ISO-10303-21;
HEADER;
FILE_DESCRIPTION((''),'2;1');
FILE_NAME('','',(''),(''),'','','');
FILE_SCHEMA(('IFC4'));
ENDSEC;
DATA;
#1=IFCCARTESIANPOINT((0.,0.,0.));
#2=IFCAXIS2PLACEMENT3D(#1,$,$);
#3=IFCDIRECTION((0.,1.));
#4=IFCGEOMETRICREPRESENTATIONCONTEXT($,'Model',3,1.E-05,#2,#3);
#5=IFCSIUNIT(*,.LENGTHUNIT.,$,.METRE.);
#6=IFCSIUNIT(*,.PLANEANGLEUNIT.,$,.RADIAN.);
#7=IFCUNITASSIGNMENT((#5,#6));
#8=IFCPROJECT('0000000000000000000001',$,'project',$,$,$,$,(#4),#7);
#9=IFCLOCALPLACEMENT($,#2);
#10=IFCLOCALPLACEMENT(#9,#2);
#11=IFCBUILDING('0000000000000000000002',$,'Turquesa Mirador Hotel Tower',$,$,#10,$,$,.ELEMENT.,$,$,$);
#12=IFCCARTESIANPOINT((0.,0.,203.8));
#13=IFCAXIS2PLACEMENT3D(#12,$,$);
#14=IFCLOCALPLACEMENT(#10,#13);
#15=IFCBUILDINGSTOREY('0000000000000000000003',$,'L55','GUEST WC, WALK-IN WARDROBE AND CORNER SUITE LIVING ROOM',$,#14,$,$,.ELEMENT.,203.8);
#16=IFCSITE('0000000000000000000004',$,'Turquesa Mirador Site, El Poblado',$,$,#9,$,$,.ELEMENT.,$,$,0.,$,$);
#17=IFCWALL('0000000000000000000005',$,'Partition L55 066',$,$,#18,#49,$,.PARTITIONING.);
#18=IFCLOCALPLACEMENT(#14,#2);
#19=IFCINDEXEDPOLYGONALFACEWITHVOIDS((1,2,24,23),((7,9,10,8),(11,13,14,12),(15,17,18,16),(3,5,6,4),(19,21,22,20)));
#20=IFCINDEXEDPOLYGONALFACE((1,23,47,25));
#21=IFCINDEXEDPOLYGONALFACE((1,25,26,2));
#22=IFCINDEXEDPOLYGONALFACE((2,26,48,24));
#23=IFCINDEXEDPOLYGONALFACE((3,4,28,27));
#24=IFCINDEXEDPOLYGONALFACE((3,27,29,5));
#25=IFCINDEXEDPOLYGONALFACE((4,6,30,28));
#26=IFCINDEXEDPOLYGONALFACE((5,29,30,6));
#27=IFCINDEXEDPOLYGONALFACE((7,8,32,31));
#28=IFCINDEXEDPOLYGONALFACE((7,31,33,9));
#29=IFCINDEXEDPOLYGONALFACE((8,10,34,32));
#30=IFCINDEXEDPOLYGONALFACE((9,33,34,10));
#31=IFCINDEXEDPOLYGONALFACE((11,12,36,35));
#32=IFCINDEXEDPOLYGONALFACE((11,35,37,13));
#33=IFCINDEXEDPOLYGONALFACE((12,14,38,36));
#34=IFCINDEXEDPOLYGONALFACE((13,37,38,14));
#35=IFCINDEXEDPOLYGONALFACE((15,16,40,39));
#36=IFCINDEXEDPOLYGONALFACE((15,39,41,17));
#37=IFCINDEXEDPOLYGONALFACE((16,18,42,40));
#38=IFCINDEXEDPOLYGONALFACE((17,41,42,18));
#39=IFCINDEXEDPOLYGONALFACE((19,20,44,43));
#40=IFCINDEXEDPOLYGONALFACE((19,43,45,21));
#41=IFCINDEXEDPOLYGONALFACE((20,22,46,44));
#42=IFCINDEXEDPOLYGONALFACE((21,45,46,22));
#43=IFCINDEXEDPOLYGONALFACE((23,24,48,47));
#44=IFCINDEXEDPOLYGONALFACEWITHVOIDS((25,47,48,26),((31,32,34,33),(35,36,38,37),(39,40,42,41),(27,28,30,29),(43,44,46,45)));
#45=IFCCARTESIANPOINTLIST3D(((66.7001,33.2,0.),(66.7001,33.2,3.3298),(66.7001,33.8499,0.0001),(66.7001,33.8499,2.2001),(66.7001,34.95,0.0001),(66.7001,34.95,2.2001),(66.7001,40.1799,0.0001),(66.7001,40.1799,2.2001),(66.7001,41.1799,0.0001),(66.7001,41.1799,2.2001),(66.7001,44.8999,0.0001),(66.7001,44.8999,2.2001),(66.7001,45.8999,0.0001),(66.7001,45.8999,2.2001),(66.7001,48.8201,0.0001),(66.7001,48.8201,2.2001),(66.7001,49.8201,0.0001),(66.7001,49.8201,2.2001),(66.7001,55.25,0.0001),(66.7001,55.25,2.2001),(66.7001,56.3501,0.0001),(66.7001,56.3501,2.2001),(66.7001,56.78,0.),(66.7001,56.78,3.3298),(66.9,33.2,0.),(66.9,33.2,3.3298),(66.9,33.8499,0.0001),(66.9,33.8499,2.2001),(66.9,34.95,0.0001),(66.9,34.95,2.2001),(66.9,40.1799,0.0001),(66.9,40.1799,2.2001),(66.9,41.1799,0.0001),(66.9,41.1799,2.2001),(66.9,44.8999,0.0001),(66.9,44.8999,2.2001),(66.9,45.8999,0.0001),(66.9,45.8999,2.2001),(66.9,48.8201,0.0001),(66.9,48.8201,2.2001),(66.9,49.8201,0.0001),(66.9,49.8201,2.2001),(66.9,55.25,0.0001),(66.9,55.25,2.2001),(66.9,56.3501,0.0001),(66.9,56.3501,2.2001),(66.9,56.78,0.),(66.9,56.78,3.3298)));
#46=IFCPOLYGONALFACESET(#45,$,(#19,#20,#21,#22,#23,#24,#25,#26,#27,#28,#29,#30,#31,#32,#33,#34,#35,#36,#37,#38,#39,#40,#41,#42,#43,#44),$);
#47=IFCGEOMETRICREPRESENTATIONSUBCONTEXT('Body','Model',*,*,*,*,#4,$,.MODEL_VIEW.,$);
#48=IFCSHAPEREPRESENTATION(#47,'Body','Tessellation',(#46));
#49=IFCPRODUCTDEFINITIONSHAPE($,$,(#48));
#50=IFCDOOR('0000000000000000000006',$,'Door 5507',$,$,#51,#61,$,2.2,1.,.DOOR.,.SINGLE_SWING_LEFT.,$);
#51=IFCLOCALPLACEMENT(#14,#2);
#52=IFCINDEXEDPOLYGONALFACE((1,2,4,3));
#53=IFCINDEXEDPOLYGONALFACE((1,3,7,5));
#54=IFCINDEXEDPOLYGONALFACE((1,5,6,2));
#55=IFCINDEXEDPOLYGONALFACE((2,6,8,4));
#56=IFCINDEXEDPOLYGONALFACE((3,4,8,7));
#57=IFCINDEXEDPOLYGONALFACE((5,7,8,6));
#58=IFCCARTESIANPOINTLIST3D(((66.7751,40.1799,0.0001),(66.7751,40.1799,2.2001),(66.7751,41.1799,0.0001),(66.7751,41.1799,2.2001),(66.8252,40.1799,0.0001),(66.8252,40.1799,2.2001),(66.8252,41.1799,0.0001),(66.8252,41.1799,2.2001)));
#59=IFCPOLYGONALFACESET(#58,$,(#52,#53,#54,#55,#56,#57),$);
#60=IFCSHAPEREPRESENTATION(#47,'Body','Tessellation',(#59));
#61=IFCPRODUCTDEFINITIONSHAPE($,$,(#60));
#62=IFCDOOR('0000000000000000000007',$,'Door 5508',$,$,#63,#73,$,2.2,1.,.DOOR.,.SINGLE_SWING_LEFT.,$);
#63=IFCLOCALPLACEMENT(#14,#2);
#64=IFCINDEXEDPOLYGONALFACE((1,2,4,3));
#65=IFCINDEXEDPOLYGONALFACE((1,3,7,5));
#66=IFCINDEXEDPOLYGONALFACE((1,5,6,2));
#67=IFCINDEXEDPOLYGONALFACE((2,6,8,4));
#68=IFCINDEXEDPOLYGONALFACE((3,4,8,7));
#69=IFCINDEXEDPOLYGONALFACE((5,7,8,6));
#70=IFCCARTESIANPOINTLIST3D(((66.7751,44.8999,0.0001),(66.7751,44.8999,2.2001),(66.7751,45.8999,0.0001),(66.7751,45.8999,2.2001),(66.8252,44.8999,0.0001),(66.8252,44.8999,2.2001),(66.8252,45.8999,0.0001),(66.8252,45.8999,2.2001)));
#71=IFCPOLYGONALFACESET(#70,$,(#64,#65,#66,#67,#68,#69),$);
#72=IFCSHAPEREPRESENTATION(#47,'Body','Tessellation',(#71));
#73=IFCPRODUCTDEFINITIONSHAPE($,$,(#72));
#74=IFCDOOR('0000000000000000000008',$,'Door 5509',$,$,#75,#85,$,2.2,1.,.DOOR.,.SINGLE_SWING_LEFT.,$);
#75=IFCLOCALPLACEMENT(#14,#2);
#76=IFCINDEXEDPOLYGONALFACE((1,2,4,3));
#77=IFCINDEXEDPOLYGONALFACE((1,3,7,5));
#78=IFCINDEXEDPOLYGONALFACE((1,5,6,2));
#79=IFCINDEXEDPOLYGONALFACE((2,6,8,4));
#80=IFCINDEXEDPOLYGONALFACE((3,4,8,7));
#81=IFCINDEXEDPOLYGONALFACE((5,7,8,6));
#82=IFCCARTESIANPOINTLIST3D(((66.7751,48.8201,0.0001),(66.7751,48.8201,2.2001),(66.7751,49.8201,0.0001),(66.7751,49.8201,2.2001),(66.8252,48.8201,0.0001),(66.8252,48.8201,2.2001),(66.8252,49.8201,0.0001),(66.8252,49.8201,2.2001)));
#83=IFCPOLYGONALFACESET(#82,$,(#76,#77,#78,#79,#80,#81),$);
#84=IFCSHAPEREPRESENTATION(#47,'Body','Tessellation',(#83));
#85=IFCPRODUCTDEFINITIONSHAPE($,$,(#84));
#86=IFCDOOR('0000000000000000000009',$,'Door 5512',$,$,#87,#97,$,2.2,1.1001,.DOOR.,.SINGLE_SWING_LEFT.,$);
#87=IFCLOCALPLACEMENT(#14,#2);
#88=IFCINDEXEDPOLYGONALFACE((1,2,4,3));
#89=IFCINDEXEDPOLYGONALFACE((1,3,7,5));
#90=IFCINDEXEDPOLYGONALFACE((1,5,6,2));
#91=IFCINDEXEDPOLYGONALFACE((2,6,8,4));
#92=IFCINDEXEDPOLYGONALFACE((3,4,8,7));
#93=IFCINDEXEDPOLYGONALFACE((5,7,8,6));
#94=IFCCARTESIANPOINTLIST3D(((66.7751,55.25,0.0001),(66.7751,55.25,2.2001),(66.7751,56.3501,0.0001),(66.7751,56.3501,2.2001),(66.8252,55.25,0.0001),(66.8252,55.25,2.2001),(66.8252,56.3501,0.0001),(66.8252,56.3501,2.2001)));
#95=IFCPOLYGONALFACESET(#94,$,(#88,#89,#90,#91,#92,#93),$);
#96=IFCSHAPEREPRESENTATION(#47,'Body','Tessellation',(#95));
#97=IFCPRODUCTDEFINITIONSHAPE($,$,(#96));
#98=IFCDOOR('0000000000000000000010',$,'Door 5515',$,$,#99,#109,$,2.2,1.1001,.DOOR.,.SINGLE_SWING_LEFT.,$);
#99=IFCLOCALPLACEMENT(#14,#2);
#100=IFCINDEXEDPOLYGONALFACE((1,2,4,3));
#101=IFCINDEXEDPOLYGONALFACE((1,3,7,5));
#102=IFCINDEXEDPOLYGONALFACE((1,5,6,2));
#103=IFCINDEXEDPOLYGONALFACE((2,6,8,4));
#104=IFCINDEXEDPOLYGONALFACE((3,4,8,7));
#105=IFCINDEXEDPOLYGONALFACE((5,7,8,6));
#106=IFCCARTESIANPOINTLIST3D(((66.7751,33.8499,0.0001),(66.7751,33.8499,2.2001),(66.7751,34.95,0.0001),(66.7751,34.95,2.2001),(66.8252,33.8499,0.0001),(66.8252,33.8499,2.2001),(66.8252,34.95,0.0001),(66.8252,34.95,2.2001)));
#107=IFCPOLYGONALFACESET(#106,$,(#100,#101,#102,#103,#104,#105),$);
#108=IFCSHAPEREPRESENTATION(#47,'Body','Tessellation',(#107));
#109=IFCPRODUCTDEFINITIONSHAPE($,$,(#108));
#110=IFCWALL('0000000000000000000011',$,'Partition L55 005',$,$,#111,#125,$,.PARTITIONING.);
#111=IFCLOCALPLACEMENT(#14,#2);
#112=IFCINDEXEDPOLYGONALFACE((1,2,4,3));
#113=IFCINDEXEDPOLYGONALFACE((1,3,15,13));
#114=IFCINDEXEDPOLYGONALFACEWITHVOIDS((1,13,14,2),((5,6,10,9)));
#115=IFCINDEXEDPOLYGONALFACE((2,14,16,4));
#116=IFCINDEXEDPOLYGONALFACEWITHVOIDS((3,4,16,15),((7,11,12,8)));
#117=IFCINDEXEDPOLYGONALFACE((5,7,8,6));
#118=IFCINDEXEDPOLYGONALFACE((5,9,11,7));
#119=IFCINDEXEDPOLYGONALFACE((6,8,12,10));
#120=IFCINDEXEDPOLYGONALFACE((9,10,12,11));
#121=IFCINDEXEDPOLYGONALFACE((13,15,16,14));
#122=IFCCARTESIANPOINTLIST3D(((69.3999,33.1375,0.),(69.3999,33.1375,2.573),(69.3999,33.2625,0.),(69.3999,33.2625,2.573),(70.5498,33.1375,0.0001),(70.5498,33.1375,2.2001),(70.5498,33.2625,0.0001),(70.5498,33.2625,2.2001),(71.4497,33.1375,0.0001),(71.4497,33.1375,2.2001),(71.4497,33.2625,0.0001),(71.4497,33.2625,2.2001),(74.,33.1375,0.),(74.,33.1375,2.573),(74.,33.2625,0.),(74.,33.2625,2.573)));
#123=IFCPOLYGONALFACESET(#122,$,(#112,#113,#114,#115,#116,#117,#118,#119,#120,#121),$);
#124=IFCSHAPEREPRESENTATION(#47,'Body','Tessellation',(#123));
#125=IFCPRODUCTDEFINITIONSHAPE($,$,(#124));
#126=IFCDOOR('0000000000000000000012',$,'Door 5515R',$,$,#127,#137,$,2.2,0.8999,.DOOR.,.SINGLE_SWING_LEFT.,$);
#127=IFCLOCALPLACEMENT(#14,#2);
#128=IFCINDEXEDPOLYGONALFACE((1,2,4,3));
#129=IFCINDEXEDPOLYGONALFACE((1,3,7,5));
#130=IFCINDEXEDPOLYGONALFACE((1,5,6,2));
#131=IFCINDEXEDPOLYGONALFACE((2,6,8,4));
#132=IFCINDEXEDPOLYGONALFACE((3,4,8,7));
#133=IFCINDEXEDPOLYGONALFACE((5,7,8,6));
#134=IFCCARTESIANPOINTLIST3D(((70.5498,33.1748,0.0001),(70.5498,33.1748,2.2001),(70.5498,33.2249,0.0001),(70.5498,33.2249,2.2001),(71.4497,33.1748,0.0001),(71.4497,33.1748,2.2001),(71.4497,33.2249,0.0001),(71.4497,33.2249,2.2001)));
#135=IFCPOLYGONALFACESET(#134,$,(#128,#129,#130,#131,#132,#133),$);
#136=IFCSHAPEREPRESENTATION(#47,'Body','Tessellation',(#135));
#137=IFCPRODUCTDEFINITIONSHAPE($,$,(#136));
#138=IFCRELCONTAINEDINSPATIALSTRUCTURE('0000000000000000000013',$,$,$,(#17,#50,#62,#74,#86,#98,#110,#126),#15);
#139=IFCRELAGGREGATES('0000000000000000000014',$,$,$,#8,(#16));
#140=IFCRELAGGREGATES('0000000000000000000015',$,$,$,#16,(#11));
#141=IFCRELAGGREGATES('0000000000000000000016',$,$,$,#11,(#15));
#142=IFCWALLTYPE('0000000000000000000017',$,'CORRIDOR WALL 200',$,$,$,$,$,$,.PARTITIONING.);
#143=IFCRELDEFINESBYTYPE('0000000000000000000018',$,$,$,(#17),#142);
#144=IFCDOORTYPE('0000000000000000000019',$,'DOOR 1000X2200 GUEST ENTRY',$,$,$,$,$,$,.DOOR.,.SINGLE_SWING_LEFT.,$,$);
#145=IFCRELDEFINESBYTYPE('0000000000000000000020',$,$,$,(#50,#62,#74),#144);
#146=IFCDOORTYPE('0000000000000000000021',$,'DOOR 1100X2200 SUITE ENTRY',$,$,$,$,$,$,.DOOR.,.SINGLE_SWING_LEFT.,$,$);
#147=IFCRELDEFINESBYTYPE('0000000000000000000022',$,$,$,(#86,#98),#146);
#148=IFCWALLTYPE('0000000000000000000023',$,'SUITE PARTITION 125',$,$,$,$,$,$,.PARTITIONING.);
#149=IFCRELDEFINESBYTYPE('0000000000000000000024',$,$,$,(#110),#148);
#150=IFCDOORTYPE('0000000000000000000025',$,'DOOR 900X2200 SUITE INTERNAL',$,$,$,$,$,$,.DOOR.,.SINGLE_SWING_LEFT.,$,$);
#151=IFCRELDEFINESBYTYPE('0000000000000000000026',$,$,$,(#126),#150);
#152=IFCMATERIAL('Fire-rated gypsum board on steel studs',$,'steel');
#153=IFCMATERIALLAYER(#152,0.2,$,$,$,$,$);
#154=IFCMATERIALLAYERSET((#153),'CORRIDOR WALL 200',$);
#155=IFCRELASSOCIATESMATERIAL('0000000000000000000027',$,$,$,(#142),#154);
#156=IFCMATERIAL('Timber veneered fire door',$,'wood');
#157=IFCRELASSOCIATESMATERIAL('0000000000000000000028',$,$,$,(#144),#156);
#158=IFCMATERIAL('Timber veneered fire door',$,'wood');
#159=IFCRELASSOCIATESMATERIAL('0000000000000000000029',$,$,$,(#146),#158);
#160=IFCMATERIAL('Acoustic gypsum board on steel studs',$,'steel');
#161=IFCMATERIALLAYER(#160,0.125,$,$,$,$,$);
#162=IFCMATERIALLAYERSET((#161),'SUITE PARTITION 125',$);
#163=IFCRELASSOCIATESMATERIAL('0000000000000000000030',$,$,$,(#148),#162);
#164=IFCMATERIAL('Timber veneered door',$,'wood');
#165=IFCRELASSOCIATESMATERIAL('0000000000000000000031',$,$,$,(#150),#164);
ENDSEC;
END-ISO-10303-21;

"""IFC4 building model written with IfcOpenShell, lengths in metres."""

from ifc_helpers import new_model, si_unit, direction, frame, frame_2d, origin, place, context, subcontext, project, spatial, rectangle, extrude, material, layer, layer_set, type_object, element, fill, save


model = new_model("IFC4")

# Units and contexts
model_context = context("Model", 3, precision=1e-05, world=origin(), true_north=direction((0.0, 1.0)))
body_context = subcontext(model_context, "Body", "Model", "MODEL_VIEW")
ifc_project = project(units=[si_unit("LENGTHUNIT", "METRE"), si_unit("PLANEANGLEUNIT", "RADIAN")], contexts=[model_context])

# Site, building, storey
site_placement = place(None, origin())
site = spatial("IfcSite", under=ifc_project, at=site_placement, Name="Turquesa Mirador Site, El Poblado", CompositionType="ELEMENT", RefElevation=0.0)
building_placement = place(site_placement, origin())
building = spatial("IfcBuilding", under=site, at=building_placement, Name="Turquesa Mirador Hotel Tower", CompositionType="ELEMENT")
storey_placement = place(building_placement, frame((0.0, 0.0, 203.8)))
storey = spatial("IfcBuildingStorey", under=building, at=storey_placement, Name="L55", Description="GUEST WC, WALK-IN WARDROBE AND CORNER SUITE LIVING ROOM", CompositionType="ELEMENT", Elevation=203.8)

# Wall, openings, doors
ifc_material_1 = material(Name="Fire-rated gypsum board on steel studs", Category="steel")
ifc_layer_1 = layer(ifc_material_1, 0.2)
ifc_layer_set_1 = layer_set([ifc_layer_1], Name="CORRIDOR WALL 200")
wall_type_1 = type_object("IfcWallType", Name="CORRIDOR WALL 200", PredefinedType="PARTITIONING", material=ifc_layer_set_1)
wall_1_placement = place(storey_placement, frame((66.8, 33.2, 0.0), z_axis=(0.0, 0.0, 1.0), x_axis=(0.0, 1.0, 0.0)))
wall_1 = element("IfcWall", 1, at=wall_1_placement, inside=storey, type_object=wall_type_1, Name="Partition L55 066", PredefinedType="PARTITIONING", context=body_context, shape_type="SweptSolid", body=[
    extrude(rectangle(XDim=23.5801, YDim=0.2, at=frame_2d((11.79, 0.0))), origin(), (0.0, 0.0, 1.0), 3.3298),
])
opening_1_placement = place(wall_1_placement, frame((6.98, 0.0, 0.0)))
opening_1 = element("IfcOpeningElement", 2, at=opening_1_placement, cuts=wall_1, PredefinedType="OPENING", context=body_context, shape_type="SweptSolid", body=[
    extrude(rectangle(XDim=1.0, YDim=2.2, at=frame_2d((0.5, 1.1001))), frame((0.0, 0.1099, 0.0), z_axis=(0.0, -1.0, 0.0), x_axis=(1.0, 0.0, 0.0)), (0.0, 0.0, 1.0), 0.22),
])
opening_2_placement = place(wall_1_placement, frame((11.7, 0.0, 0.0)))
opening_2 = element("IfcOpeningElement", 3, at=opening_2_placement, cuts=wall_1, PredefinedType="OPENING", context=body_context, shape_type="SweptSolid", body=[
    extrude(rectangle(XDim=1.0, YDim=2.2, at=frame_2d((0.5, 1.1001))), frame((0.0, 0.1099, 0.0), z_axis=(0.0, -1.0, 0.0), x_axis=(1.0, 0.0, 0.0)), (0.0, 0.0, 1.0), 0.22),
])
opening_3_placement = place(wall_1_placement, frame((15.6201, 0.0, 0.0)))
opening_3 = element("IfcOpeningElement", 4, at=opening_3_placement, cuts=wall_1, PredefinedType="OPENING", context=body_context, shape_type="SweptSolid", body=[
    extrude(rectangle(XDim=1.0, YDim=2.2, at=frame_2d((0.5, 1.1001))), frame((0.0, 0.1099, 0.0), z_axis=(0.0, -1.0, 0.0), x_axis=(1.0, 0.0, 0.0)), (0.0, 0.0, 1.0), 0.22),
])
opening_4_placement = place(wall_1_placement, frame((22.05, 0.0, 0.0)))
opening_4 = element("IfcOpeningElement", 5, at=opening_4_placement, cuts=wall_1, PredefinedType="OPENING", context=body_context, shape_type="SweptSolid", body=[
    extrude(rectangle(XDim=1.1001, YDim=2.2, at=frame_2d((0.55, 1.1001))), frame((0.0, 0.1099, 0.0), z_axis=(0.0, -1.0, 0.0), x_axis=(1.0, 0.0, 0.0)), (0.0, 0.0, 1.0), 0.22),
])
opening_5_placement = place(wall_1_placement, frame((0.6499, 0.0, 0.0)))
opening_5 = element("IfcOpeningElement", 6, at=opening_5_placement, cuts=wall_1, PredefinedType="OPENING", context=body_context, shape_type="SweptSolid", body=[
    extrude(rectangle(XDim=1.1001, YDim=2.2, at=frame_2d((0.55, 1.1001))), frame((0.0, 0.1099, 0.0), z_axis=(0.0, -1.0, 0.0), x_axis=(1.0, 0.0, 0.0)), (0.0, 0.0, 1.0), 0.22),
])
ifc_material_2 = material(Name="Timber veneered fire door", Category="wood")
door_type_1 = type_object("IfcDoorType", Name="DOOR 1000X2200 GUEST ENTRY", OperationType="SINGLE_SWING_LEFT", PredefinedType="DOOR", material=ifc_material_2)
door_1_placement = place(opening_1_placement, origin())
door_1 = element("IfcDoor", 7, at=door_1_placement, inside=storey, type_object=door_type_1, Name="Door 5507", OperationType="SINGLE_SWING_LEFT", OverallHeight=2.2, OverallWidth=1.0, PredefinedType="DOOR", context=body_context, shape_type="SweptSolid", body=[
    extrude(rectangle(XDim=1.0, YDim=2.2, at=frame_2d((0.5, 1.1001))), frame((0.0, 0.0249, 0.0), z_axis=(0.0, -1.0, 0.0), x_axis=(1.0, 0.0, 0.0)), (0.0, 0.0, 1.0), 0.05),
])
fill(opening_1, door_1)
door_2_placement = place(opening_2_placement, origin())
door_2 = element("IfcDoor", 8, at=door_2_placement, inside=storey, type_object=door_type_1, Name="Door 5508", OperationType="SINGLE_SWING_LEFT", OverallHeight=2.2, OverallWidth=1.0, PredefinedType="DOOR", context=body_context, shape_type="SweptSolid", body=[
    extrude(rectangle(XDim=1.0, YDim=2.2, at=frame_2d((0.5, 1.1001))), frame((0.0, 0.0249, 0.0), z_axis=(0.0, -1.0, 0.0), x_axis=(1.0, 0.0, 0.0)), (0.0, 0.0, 1.0), 0.05),
])
fill(opening_2, door_2)
door_3_placement = place(opening_3_placement, origin())
door_3 = element("IfcDoor", 9, at=door_3_placement, inside=storey, type_object=door_type_1, Name="Door 5509", OperationType="SINGLE_SWING_LEFT", OverallHeight=2.2, OverallWidth=1.0, PredefinedType="DOOR", context=body_context, shape_type="SweptSolid", body=[
    extrude(rectangle(XDim=1.0, YDim=2.2, at=frame_2d((0.5, 1.1001))), frame((0.0, 0.0249, 0.0), z_axis=(0.0, -1.0, 0.0), x_axis=(1.0, 0.0, 0.0)), (0.0, 0.0, 1.0), 0.05),
])
fill(opening_3, door_3)
ifc_material_3 = material(Name="Timber veneered fire door", Category="wood")
door_type_2 = type_object("IfcDoorType", Name="DOOR 1100X2200 SUITE ENTRY", OperationType="SINGLE_SWING_LEFT", PredefinedType="DOOR", material=ifc_material_3)
door_4_placement = place(opening_4_placement, origin())
door_4 = element("IfcDoor", 10, at=door_4_placement, inside=storey, type_object=door_type_2, Name="Door 5512", OperationType="SINGLE_SWING_LEFT", OverallHeight=2.2, OverallWidth=1.1001, PredefinedType="DOOR", context=body_context, shape_type="SweptSolid", body=[
    extrude(rectangle(XDim=1.1001, YDim=2.2, at=frame_2d((0.55, 1.1001))), frame((0.0, 0.0249, 0.0), z_axis=(0.0, -1.0, 0.0), x_axis=(1.0, 0.0, 0.0)), (0.0, 0.0, 1.0), 0.05),
])
fill(opening_4, door_4)
door_5_placement = place(opening_5_placement, origin())
door_5 = element("IfcDoor", 11, at=door_5_placement, inside=storey, type_object=door_type_2, Name="Door 5515", OperationType="SINGLE_SWING_LEFT", OverallHeight=2.2, OverallWidth=1.1001, PredefinedType="DOOR", context=body_context, shape_type="SweptSolid", body=[
    extrude(rectangle(XDim=1.1001, YDim=2.2, at=frame_2d((0.55, 1.1001))), frame((0.0, 0.0249, 0.0), z_axis=(0.0, -1.0, 0.0), x_axis=(1.0, 0.0, 0.0)), (0.0, 0.0, 1.0), 0.05),
])
fill(opening_5, door_5)

# Wall, opening, door
ifc_material_4 = material(Name="Acoustic gypsum board on steel studs", Category="steel")
ifc_layer_2 = layer(ifc_material_4, 0.125)
ifc_layer_set_2 = layer_set([ifc_layer_2], Name="SUITE PARTITION 125")
wall_type_2 = type_object("IfcWallType", Name="SUITE PARTITION 125", PredefinedType="PARTITIONING", material=ifc_layer_set_2)
wall_2_placement = place(storey_placement, frame((69.3999, 33.2, 0.0), z_axis=(0.0, 0.0, 1.0), x_axis=(1.0, 0.0, 0.0)))
wall_2 = element("IfcWall", 12, at=wall_2_placement, inside=storey, type_object=wall_type_2, Name="Partition L55 005", PredefinedType="PARTITIONING", context=body_context, shape_type="SweptSolid", body=[
    extrude(rectangle(XDim=4.6001, YDim=0.125, at=frame_2d((2.3, 0.0))), origin(), (0.0, 0.0, 1.0), 2.573),
])
opening_6_placement = place(wall_2_placement, frame((1.1499, 0.0, 0.0)))
opening_6 = element("IfcOpeningElement", 13, at=opening_6_placement, cuts=wall_2, PredefinedType="OPENING", context=body_context, shape_type="SweptSolid", body=[
    extrude(rectangle(XDim=0.8999, YDim=2.2, at=frame_2d((0.45, 1.1001))), frame((0.0, 0.0725, 0.0), z_axis=(0.0, -1.0, 0.0), x_axis=(1.0, 0.0, 0.0)), (0.0, 0.0, 1.0), 0.145),
])
ifc_material_5 = material(Name="Timber veneered door", Category="wood")
door_type_3 = type_object("IfcDoorType", Name="DOOR 900X2200 SUITE INTERNAL", OperationType="SINGLE_SWING_LEFT", PredefinedType="DOOR", material=ifc_material_5)
door_6_placement = place(opening_6_placement, origin())
door_6 = element("IfcDoor", 14, at=door_6_placement, inside=storey, type_object=door_type_3, Name="Door 5515R", OperationType="SINGLE_SWING_LEFT", OverallHeight=2.2, OverallWidth=0.8999, PredefinedType="DOOR", context=body_context, shape_type="SweptSolid", body=[
    extrude(rectangle(XDim=0.8999, YDim=2.2, at=frame_2d((0.45, 1.1001))), frame((0.0, 0.0249, 0.0), z_axis=(0.0, -1.0, 0.0), x_axis=(1.0, 0.0, 0.0)), (0.0, 0.0, 1.0), 0.05),
])
fill(opening_6, door_6)

save(model, "model.ifc")
